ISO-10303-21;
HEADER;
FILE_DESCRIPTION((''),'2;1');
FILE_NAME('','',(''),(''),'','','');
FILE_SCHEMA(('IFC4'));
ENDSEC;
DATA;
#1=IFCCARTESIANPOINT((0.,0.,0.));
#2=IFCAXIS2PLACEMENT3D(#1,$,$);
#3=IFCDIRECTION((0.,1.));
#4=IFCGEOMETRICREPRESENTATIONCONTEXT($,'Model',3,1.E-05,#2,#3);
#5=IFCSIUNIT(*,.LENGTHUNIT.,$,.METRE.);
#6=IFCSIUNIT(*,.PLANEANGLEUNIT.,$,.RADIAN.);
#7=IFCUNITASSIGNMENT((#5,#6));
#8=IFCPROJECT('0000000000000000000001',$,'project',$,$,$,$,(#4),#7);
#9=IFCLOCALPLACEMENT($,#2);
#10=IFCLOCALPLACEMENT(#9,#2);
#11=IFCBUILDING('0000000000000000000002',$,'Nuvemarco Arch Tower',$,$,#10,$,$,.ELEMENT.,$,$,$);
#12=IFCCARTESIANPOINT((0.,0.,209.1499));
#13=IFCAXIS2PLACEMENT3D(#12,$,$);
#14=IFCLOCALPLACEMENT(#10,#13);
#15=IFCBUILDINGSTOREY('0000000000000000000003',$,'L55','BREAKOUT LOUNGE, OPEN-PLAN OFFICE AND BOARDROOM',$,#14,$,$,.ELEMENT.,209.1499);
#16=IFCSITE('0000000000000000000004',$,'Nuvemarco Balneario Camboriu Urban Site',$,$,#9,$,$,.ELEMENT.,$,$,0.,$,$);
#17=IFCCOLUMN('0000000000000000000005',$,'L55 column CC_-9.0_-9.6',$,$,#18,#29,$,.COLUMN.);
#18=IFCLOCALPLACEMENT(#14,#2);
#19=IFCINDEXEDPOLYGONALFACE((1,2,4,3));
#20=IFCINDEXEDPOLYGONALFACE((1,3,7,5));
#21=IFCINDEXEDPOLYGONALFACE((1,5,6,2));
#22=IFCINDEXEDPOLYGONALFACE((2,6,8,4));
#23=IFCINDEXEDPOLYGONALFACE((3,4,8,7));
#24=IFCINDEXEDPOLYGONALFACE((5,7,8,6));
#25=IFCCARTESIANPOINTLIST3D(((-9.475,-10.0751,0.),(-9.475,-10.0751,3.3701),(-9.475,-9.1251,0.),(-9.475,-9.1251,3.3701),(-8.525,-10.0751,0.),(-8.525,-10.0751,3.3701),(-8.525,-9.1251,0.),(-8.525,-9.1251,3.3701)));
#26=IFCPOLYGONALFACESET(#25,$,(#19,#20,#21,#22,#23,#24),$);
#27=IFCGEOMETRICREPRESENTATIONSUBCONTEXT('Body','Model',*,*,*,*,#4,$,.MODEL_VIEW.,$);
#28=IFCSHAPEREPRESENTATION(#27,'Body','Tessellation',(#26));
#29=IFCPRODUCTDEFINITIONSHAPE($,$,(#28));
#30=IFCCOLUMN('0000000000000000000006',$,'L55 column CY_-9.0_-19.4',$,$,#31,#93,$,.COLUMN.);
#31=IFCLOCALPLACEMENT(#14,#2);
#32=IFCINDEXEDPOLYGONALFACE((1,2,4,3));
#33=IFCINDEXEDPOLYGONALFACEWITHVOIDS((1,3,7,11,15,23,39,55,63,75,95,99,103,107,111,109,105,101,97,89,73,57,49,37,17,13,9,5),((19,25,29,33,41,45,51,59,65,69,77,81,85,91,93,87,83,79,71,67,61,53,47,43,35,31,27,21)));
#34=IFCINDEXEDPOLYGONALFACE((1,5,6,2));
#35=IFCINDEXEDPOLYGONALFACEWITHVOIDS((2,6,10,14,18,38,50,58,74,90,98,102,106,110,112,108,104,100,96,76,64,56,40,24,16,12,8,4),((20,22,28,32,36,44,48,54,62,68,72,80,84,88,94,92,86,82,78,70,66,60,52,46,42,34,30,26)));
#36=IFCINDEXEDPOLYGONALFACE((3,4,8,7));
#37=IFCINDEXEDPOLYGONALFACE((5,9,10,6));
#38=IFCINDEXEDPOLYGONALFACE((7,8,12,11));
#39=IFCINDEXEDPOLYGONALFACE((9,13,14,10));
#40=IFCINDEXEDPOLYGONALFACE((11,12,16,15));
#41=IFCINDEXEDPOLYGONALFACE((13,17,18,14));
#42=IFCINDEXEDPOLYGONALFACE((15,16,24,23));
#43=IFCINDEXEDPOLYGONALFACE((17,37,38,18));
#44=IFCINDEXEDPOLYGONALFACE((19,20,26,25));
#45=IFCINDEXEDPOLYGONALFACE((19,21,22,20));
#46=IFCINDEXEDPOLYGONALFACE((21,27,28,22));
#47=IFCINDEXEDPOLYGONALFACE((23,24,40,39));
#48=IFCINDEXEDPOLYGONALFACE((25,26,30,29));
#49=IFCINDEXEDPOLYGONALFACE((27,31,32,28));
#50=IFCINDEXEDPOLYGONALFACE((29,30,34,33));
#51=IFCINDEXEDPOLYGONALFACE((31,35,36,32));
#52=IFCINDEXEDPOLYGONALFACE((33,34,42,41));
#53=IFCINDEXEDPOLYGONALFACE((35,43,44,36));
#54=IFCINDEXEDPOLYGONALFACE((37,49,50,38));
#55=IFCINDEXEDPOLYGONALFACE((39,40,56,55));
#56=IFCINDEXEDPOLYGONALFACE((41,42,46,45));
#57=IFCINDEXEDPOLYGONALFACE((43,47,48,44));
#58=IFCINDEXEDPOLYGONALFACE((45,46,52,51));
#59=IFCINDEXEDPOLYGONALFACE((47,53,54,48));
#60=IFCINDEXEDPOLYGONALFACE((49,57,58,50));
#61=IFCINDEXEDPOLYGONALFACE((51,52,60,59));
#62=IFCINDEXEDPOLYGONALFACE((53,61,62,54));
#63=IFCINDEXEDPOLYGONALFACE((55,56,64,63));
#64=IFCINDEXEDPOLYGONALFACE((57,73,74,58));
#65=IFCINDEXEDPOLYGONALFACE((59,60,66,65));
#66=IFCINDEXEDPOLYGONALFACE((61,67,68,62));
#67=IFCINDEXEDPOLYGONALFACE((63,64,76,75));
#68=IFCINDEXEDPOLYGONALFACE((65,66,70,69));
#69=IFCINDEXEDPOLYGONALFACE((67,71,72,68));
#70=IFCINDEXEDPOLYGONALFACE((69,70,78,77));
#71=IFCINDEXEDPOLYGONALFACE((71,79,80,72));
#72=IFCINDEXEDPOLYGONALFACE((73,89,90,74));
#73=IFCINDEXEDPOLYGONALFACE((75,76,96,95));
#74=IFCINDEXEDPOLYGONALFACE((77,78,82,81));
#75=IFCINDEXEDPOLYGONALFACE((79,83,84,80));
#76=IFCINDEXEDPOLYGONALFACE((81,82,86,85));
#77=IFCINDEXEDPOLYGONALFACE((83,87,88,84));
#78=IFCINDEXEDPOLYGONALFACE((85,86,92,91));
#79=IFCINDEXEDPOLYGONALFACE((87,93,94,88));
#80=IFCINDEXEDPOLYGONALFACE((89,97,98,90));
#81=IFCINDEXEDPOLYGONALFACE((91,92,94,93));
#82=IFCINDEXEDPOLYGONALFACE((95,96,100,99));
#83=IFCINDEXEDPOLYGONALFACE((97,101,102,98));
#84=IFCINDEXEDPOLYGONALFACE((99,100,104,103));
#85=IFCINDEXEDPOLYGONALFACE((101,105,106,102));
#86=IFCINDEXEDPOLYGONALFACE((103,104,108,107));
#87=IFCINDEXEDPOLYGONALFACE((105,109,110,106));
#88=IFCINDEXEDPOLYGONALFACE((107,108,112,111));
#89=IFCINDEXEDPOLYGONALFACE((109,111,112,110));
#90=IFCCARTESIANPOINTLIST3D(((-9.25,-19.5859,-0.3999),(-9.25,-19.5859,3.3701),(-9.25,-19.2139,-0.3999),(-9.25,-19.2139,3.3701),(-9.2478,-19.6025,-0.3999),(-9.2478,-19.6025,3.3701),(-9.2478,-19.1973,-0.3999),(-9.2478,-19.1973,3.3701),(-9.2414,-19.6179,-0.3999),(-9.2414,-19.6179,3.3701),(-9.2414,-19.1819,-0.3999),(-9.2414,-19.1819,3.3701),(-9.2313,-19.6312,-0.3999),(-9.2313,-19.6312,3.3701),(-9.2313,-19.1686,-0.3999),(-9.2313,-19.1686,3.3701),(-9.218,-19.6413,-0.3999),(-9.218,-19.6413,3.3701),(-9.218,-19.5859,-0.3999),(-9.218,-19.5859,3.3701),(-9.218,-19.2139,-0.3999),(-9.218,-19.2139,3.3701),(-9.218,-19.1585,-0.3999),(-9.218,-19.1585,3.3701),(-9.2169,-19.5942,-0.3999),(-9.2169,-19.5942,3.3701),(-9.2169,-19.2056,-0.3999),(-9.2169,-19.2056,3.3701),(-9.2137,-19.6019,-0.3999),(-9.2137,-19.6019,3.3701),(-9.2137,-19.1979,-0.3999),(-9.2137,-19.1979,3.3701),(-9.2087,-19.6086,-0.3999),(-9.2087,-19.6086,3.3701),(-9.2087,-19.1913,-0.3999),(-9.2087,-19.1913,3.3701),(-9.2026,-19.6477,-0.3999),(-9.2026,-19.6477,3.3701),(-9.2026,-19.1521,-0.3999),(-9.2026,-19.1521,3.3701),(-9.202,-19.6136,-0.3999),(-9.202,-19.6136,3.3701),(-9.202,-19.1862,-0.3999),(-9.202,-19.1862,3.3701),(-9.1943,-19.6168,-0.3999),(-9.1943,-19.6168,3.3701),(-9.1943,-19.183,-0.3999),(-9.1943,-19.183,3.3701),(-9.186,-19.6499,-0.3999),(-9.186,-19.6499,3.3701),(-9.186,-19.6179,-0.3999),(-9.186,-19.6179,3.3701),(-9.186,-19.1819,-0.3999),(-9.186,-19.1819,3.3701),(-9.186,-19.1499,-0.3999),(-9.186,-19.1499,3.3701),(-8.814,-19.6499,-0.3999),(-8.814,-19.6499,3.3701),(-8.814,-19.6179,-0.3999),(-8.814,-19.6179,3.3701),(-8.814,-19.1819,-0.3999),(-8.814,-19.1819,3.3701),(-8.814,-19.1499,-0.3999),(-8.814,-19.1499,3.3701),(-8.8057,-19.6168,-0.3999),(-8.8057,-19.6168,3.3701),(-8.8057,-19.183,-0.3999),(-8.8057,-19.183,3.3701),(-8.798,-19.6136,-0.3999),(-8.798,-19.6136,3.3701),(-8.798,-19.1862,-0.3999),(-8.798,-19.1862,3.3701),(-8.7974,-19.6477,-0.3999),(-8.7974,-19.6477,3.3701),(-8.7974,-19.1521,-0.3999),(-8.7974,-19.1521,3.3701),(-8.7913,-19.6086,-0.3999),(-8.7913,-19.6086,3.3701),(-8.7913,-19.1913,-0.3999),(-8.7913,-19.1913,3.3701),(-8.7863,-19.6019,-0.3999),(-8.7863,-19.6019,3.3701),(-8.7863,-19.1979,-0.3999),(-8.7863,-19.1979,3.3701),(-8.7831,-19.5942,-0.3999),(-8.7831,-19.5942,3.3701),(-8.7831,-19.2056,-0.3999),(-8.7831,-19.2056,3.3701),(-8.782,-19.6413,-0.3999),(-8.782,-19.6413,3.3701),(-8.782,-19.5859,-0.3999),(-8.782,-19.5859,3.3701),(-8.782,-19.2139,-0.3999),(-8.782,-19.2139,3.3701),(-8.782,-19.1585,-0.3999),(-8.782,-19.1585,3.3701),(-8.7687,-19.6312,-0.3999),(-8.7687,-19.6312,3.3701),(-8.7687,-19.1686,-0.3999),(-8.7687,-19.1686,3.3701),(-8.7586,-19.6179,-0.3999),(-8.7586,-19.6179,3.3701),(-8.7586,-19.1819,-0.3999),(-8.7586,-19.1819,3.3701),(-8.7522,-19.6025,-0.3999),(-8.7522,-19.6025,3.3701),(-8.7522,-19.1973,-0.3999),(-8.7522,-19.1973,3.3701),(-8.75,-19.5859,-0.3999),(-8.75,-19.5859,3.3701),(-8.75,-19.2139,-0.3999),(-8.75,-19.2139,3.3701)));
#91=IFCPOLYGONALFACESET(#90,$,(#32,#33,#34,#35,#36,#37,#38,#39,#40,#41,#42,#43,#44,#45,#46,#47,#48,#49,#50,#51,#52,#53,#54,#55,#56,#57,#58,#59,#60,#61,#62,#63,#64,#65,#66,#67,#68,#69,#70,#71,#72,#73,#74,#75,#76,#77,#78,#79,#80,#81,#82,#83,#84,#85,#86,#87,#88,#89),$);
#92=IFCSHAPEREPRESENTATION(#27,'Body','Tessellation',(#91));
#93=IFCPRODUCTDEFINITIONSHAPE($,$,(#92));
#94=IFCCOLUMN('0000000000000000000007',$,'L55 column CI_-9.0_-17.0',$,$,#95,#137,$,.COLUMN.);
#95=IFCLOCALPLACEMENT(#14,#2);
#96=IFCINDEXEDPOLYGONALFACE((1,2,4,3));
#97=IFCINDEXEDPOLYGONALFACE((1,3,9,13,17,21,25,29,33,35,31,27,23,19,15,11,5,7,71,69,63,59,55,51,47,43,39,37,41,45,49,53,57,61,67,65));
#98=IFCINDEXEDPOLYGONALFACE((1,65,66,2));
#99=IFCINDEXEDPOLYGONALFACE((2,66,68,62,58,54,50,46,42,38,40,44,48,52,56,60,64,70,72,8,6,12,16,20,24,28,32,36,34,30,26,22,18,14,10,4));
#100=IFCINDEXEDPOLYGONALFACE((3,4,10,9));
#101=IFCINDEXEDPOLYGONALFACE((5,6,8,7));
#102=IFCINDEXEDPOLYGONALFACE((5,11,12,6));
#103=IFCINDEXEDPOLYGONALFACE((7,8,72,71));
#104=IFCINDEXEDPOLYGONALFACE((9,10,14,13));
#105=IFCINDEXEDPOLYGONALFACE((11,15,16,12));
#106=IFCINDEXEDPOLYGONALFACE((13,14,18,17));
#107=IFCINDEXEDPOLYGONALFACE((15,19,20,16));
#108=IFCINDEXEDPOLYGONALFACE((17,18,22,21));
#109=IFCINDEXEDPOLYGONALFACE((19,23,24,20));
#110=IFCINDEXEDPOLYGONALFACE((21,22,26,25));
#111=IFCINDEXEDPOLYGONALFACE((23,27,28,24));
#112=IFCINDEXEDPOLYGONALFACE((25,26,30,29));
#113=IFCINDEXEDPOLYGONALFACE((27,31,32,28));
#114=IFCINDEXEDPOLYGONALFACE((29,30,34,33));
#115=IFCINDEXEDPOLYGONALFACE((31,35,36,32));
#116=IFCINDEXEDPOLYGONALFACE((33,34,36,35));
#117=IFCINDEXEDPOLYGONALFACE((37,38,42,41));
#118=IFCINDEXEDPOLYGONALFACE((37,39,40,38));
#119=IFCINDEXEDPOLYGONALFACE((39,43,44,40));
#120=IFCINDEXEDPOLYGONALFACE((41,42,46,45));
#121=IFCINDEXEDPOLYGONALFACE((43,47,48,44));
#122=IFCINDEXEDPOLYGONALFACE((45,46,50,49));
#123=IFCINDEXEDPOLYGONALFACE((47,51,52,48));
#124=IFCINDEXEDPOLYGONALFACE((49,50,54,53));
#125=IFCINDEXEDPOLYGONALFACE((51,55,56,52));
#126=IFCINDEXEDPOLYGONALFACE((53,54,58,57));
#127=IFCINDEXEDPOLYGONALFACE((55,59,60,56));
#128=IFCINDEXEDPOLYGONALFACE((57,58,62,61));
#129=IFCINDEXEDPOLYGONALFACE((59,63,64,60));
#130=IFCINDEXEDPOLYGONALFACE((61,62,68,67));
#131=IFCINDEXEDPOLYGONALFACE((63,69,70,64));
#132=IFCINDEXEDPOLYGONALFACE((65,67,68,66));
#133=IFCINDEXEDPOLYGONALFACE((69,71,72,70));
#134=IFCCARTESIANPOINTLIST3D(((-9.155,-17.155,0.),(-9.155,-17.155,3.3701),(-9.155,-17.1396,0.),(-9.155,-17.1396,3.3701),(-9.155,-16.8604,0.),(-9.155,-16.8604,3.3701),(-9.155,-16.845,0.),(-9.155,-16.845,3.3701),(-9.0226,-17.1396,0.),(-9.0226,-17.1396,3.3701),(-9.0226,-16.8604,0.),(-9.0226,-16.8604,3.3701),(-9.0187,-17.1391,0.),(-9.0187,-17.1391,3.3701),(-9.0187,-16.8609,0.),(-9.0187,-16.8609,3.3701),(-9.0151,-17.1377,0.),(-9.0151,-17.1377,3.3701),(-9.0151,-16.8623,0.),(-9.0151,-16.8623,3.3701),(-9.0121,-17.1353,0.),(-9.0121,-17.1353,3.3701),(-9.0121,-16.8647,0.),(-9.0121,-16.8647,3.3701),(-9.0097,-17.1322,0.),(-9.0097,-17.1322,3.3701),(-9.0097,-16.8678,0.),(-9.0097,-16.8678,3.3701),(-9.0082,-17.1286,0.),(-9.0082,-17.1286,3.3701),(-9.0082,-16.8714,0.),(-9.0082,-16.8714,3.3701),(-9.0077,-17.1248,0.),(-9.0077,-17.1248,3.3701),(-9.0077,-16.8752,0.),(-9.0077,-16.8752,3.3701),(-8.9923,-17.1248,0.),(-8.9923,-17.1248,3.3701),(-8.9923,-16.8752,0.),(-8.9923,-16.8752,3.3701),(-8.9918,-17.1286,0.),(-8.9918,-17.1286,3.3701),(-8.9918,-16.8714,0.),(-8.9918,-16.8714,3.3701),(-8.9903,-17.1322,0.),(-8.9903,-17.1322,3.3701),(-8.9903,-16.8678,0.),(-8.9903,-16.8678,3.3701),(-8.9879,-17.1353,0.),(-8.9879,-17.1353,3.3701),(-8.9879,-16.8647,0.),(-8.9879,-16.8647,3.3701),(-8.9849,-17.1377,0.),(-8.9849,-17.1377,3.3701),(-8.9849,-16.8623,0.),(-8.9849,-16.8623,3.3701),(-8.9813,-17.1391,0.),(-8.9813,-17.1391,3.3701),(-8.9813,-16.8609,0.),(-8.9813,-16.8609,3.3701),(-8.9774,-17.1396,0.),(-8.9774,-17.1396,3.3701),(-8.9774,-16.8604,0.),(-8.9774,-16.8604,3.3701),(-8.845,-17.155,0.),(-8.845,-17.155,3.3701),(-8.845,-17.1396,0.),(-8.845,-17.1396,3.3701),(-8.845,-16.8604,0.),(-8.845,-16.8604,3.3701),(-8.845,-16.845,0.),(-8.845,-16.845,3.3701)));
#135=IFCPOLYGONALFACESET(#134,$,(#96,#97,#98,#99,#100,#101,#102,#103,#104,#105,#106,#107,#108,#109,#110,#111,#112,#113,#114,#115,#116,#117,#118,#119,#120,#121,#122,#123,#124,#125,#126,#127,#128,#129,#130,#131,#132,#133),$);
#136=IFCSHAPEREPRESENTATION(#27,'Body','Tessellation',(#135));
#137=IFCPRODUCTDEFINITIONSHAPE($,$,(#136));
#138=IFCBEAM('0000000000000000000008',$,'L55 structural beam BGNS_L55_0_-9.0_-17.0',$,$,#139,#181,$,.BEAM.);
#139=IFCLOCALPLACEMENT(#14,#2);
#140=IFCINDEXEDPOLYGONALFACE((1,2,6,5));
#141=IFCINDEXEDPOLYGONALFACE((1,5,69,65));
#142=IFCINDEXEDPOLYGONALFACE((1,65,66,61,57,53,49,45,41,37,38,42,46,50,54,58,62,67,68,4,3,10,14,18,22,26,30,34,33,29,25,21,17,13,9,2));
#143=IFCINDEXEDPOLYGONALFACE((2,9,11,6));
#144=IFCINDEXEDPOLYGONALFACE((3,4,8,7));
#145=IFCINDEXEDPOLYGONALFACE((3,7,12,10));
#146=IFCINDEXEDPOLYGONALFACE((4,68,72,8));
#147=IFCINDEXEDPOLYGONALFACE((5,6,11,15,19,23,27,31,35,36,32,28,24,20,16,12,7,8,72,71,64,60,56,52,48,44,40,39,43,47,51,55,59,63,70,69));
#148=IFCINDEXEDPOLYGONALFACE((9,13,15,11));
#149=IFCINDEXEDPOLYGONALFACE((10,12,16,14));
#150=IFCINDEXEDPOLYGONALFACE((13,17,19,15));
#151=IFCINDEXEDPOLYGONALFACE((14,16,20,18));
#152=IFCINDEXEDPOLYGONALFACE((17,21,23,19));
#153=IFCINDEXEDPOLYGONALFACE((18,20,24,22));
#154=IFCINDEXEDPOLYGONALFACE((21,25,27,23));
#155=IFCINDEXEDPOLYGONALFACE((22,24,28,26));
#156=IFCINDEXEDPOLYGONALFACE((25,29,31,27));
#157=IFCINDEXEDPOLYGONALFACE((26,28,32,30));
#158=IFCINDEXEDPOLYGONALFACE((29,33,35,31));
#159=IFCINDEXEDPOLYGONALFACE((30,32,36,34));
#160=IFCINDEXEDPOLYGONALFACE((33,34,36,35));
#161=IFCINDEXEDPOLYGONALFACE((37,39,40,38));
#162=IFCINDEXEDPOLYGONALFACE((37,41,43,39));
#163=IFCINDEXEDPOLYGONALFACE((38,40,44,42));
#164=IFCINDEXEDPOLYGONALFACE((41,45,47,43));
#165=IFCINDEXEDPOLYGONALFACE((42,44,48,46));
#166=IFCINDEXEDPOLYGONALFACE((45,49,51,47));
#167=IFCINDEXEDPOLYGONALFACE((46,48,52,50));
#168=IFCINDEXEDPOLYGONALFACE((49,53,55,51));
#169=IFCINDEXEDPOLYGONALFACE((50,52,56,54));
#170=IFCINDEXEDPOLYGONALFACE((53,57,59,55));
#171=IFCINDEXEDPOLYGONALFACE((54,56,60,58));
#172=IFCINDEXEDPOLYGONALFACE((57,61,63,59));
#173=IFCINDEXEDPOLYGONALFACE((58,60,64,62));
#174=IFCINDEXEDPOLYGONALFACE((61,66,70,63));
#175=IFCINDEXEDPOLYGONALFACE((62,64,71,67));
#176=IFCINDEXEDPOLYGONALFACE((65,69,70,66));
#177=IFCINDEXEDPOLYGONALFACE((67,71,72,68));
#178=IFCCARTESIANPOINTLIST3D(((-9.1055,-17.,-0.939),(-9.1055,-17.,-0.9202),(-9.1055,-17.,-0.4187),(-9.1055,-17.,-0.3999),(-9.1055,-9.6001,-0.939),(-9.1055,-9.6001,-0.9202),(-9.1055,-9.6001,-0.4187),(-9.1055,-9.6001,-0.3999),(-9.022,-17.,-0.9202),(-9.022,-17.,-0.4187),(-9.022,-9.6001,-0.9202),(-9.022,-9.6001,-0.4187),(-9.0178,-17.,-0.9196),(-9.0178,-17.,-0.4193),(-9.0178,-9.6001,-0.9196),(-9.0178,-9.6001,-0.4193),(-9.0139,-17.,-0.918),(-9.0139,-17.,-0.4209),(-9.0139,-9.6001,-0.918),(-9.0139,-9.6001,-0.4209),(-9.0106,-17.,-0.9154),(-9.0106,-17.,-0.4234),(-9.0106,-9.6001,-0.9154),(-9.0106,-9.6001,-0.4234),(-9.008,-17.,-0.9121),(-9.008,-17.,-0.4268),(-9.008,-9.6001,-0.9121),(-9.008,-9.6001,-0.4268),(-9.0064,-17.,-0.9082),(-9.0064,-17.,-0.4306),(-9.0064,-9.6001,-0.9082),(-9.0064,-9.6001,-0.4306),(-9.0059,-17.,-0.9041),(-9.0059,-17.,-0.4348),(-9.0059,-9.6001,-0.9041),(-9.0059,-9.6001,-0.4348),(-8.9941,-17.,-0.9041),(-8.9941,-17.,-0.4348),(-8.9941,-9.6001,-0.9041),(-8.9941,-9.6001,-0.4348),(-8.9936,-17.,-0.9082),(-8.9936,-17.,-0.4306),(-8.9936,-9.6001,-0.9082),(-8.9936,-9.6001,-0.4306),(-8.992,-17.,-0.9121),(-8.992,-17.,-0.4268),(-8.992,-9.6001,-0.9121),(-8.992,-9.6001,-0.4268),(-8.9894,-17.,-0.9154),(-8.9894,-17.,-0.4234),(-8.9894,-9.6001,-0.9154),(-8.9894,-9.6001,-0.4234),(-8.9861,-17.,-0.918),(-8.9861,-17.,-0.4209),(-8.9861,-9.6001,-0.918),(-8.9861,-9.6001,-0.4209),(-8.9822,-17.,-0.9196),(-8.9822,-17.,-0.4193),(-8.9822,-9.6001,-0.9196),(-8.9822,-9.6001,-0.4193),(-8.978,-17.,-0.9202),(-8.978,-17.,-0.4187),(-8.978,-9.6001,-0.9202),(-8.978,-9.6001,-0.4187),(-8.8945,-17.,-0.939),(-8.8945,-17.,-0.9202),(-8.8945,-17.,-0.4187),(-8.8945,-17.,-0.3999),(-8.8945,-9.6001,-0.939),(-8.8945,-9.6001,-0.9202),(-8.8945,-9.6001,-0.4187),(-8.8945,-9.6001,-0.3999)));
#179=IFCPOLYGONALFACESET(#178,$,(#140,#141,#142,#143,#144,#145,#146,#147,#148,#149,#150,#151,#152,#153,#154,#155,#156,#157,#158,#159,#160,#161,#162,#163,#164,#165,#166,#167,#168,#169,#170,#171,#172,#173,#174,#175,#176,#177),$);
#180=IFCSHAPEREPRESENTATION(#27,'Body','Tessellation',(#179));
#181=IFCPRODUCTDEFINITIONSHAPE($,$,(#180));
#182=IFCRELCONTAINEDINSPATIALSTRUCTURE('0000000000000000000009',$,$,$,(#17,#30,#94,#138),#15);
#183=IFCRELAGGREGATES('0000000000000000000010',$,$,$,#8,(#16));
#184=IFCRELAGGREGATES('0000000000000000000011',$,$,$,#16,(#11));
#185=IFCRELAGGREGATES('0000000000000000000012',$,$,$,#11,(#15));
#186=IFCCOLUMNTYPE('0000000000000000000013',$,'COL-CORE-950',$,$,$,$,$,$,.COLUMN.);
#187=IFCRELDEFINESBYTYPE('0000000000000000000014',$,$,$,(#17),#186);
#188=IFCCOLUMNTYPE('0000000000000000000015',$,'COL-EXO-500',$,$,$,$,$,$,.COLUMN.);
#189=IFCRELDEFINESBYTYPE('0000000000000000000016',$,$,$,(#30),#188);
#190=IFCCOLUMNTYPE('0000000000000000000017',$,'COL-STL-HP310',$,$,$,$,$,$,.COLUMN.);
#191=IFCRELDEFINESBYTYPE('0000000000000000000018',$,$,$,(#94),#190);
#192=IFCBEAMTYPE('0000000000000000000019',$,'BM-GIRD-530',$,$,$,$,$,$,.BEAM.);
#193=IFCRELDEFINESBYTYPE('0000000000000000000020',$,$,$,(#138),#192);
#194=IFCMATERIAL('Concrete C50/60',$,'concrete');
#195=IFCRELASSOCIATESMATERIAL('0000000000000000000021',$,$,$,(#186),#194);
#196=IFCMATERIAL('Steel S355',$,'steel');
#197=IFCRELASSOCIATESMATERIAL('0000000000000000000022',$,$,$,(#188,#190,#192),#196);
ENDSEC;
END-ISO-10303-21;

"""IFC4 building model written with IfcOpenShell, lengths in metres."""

from ifc_helpers import new_model, si_unit, direction, frame, origin, origin_2d, place, context, subcontext, project, spatial, rectangle, hollow_rectangle, i_section, extrude, material, material_profile, profile_set, type_object, element, save


model = new_model("IFC4")

# Units and contexts
model_context = context("Model", 3, precision=1e-05, world=origin(), true_north=direction((0.0, 1.0)))
body_context = subcontext(model_context, "Body", "Model", "MODEL_VIEW")
ifc_project = project(units=[si_unit("LENGTHUNIT", "METRE"), si_unit("PLANEANGLEUNIT", "RADIAN")], contexts=[model_context])

# Site, building, storey
site_placement = place(None, origin())
site = spatial("IfcSite", under=ifc_project, at=site_placement, Name="Nuvemarco Balneario Camboriu Urban Site", CompositionType="ELEMENT", RefElevation=0.0)
building_placement = place(site_placement, origin())
building = spatial("IfcBuilding", under=site, at=building_placement, Name="Nuvemarco Arch Tower", CompositionType="ELEMENT")
storey_placement = place(building_placement, frame((0.0, 0.0, 209.1499)))
storey = spatial("IfcBuildingStorey", under=building, at=storey_placement, Name="L55", Description="BREAKOUT LOUNGE, OPEN-PLAN OFFICE AND BOARDROOM", CompositionType="ELEMENT", Elevation=209.1499)

# Columns
ifc_material_1 = material(Name="Concrete C50/60", Category="concrete")
ifc_material_profile_1 = material_profile(ifc_material_1, rectangle(XDim=0.95, YDim=0.95, at=origin_2d()), Name="RC-COL-950x950")
ifc_profile_set_1 = profile_set([ifc_material_profile_1], Name="Concrete C50/60")
column_type_1 = type_object("IfcColumnType", Name="COL-CORE-950", PredefinedType="COLUMN", material=ifc_profile_set_1)
column_1_placement = place(storey_placement, frame((-9.0, -9.6001, 0.0), z_axis=(0.0, 0.0, 1.0), x_axis=(1.0, 0.0, 0.0)))
element("IfcColumn", 1, at=column_1_placement, inside=storey, type_object=column_type_1, Name="L55 column CC_-9.0_-9.6", PredefinedType="COLUMN", context=body_context, shape_type="SweptSolid", body=[
    extrude(rectangle(XDim=0.95, YDim=0.95, at=origin_2d()), origin(), (0.0, 0.0, 1.0), 3.3701),
])
ifc_material_2 = material(Name="Steel S355", Category="steel")
ifc_material_profile_2 = material_profile(ifc_material_2, hollow_rectangle(XDim=0.5, YDim=0.5, WallThickness=0.032, InnerFilletRadius=0.032, OuterFilletRadius=0.064, at=origin_2d()), Name="SHS500x500x32")
ifc_profile_set_2 = profile_set([ifc_material_profile_2], Name="Steel S355")
column_type_2 = type_object("IfcColumnType", Name="COL-EXO-500", PredefinedType="COLUMN", material=ifc_profile_set_2)
column_2_placement = place(storey_placement, frame((-9.0, -19.3999, -0.3999), z_axis=(0.0, 0.0, 1.0), x_axis=(1.0, 0.0, 0.0)))
element("IfcColumn", 2, at=column_2_placement, inside=storey, type_object=column_type_2, Name="L55 column CY_-9.0_-19.4", PredefinedType="COLUMN", context=body_context, shape_type="SweptSolid", body=[
    extrude(hollow_rectangle(XDim=0.5, YDim=0.5, WallThickness=0.032, InnerFilletRadius=0.032, OuterFilletRadius=0.064, at=origin_2d()), origin(), (0.0, 0.0, 1.0), 3.77),
])
ifc_material_profile_3 = material_profile(ifc_material_2, i_section(OverallWidth=0.3101, OverallDepth=0.3101, WebThickness=0.0154, FlangeThickness=0.0154, FilletRadius=0.0149, at=origin_2d()), Name="HP310x110")
ifc_profile_set_3 = profile_set([ifc_material_profile_3], Name="Steel S355")
column_type_3 = type_object("IfcColumnType", Name="COL-STL-HP310", PredefinedType="COLUMN", material=ifc_profile_set_3)
column_3_placement = place(storey_placement, frame((-9.0, -17.0, 0.0), z_axis=(0.0, 0.0, 1.0), x_axis=(1.0, 0.0, 0.0)))
element("IfcColumn", 3, at=column_3_placement, inside=storey, type_object=column_type_3, Name="L55 column CI_-9.0_-17.0", PredefinedType="COLUMN", context=body_context, shape_type="SweptSolid", body=[
    extrude(i_section(OverallWidth=0.3101, OverallDepth=0.3101, WebThickness=0.0154, FlangeThickness=0.0154, FilletRadius=0.0149, at=origin_2d()), origin(), (0.0, 0.0, 1.0), 3.3701),
])

# Beam
ifc_material_profile_4 = material_profile(ifc_material_2, i_section(OverallWidth=0.2109, OverallDepth=0.5391, WebThickness=0.0117, FlangeThickness=0.0188, FilletRadius=0.0161, at=origin_2d()), Name="W530x109")
ifc_profile_set_4 = profile_set([ifc_material_profile_4], Name="Steel S355")
beam_type_1 = type_object("IfcBeamType", Name="BM-GIRD-530", PredefinedType="BEAM", material=ifc_profile_set_4)
beam_1_placement = place(storey_placement, frame((-9.0, -17.0, -0.6694), z_axis=(0.0, 1.0, 0.0), x_axis=(-1.0, 0.0, 0.0)))
element("IfcBeam", 4, at=beam_1_placement, inside=storey, type_object=beam_type_1, Name="L55 structural beam BGNS_L55_0_-9.0_-17.0", PredefinedType="BEAM", context=body_context, shape_type="SweptSolid", body=[
    extrude(i_section(OverallWidth=0.2109, OverallDepth=0.5391, WebThickness=0.0117, FlangeThickness=0.0188, FilletRadius=0.0161, at=origin_2d()), origin(), (0.0, 0.0, 1.0), 7.3999),
])

save(model, "model.ifc")
